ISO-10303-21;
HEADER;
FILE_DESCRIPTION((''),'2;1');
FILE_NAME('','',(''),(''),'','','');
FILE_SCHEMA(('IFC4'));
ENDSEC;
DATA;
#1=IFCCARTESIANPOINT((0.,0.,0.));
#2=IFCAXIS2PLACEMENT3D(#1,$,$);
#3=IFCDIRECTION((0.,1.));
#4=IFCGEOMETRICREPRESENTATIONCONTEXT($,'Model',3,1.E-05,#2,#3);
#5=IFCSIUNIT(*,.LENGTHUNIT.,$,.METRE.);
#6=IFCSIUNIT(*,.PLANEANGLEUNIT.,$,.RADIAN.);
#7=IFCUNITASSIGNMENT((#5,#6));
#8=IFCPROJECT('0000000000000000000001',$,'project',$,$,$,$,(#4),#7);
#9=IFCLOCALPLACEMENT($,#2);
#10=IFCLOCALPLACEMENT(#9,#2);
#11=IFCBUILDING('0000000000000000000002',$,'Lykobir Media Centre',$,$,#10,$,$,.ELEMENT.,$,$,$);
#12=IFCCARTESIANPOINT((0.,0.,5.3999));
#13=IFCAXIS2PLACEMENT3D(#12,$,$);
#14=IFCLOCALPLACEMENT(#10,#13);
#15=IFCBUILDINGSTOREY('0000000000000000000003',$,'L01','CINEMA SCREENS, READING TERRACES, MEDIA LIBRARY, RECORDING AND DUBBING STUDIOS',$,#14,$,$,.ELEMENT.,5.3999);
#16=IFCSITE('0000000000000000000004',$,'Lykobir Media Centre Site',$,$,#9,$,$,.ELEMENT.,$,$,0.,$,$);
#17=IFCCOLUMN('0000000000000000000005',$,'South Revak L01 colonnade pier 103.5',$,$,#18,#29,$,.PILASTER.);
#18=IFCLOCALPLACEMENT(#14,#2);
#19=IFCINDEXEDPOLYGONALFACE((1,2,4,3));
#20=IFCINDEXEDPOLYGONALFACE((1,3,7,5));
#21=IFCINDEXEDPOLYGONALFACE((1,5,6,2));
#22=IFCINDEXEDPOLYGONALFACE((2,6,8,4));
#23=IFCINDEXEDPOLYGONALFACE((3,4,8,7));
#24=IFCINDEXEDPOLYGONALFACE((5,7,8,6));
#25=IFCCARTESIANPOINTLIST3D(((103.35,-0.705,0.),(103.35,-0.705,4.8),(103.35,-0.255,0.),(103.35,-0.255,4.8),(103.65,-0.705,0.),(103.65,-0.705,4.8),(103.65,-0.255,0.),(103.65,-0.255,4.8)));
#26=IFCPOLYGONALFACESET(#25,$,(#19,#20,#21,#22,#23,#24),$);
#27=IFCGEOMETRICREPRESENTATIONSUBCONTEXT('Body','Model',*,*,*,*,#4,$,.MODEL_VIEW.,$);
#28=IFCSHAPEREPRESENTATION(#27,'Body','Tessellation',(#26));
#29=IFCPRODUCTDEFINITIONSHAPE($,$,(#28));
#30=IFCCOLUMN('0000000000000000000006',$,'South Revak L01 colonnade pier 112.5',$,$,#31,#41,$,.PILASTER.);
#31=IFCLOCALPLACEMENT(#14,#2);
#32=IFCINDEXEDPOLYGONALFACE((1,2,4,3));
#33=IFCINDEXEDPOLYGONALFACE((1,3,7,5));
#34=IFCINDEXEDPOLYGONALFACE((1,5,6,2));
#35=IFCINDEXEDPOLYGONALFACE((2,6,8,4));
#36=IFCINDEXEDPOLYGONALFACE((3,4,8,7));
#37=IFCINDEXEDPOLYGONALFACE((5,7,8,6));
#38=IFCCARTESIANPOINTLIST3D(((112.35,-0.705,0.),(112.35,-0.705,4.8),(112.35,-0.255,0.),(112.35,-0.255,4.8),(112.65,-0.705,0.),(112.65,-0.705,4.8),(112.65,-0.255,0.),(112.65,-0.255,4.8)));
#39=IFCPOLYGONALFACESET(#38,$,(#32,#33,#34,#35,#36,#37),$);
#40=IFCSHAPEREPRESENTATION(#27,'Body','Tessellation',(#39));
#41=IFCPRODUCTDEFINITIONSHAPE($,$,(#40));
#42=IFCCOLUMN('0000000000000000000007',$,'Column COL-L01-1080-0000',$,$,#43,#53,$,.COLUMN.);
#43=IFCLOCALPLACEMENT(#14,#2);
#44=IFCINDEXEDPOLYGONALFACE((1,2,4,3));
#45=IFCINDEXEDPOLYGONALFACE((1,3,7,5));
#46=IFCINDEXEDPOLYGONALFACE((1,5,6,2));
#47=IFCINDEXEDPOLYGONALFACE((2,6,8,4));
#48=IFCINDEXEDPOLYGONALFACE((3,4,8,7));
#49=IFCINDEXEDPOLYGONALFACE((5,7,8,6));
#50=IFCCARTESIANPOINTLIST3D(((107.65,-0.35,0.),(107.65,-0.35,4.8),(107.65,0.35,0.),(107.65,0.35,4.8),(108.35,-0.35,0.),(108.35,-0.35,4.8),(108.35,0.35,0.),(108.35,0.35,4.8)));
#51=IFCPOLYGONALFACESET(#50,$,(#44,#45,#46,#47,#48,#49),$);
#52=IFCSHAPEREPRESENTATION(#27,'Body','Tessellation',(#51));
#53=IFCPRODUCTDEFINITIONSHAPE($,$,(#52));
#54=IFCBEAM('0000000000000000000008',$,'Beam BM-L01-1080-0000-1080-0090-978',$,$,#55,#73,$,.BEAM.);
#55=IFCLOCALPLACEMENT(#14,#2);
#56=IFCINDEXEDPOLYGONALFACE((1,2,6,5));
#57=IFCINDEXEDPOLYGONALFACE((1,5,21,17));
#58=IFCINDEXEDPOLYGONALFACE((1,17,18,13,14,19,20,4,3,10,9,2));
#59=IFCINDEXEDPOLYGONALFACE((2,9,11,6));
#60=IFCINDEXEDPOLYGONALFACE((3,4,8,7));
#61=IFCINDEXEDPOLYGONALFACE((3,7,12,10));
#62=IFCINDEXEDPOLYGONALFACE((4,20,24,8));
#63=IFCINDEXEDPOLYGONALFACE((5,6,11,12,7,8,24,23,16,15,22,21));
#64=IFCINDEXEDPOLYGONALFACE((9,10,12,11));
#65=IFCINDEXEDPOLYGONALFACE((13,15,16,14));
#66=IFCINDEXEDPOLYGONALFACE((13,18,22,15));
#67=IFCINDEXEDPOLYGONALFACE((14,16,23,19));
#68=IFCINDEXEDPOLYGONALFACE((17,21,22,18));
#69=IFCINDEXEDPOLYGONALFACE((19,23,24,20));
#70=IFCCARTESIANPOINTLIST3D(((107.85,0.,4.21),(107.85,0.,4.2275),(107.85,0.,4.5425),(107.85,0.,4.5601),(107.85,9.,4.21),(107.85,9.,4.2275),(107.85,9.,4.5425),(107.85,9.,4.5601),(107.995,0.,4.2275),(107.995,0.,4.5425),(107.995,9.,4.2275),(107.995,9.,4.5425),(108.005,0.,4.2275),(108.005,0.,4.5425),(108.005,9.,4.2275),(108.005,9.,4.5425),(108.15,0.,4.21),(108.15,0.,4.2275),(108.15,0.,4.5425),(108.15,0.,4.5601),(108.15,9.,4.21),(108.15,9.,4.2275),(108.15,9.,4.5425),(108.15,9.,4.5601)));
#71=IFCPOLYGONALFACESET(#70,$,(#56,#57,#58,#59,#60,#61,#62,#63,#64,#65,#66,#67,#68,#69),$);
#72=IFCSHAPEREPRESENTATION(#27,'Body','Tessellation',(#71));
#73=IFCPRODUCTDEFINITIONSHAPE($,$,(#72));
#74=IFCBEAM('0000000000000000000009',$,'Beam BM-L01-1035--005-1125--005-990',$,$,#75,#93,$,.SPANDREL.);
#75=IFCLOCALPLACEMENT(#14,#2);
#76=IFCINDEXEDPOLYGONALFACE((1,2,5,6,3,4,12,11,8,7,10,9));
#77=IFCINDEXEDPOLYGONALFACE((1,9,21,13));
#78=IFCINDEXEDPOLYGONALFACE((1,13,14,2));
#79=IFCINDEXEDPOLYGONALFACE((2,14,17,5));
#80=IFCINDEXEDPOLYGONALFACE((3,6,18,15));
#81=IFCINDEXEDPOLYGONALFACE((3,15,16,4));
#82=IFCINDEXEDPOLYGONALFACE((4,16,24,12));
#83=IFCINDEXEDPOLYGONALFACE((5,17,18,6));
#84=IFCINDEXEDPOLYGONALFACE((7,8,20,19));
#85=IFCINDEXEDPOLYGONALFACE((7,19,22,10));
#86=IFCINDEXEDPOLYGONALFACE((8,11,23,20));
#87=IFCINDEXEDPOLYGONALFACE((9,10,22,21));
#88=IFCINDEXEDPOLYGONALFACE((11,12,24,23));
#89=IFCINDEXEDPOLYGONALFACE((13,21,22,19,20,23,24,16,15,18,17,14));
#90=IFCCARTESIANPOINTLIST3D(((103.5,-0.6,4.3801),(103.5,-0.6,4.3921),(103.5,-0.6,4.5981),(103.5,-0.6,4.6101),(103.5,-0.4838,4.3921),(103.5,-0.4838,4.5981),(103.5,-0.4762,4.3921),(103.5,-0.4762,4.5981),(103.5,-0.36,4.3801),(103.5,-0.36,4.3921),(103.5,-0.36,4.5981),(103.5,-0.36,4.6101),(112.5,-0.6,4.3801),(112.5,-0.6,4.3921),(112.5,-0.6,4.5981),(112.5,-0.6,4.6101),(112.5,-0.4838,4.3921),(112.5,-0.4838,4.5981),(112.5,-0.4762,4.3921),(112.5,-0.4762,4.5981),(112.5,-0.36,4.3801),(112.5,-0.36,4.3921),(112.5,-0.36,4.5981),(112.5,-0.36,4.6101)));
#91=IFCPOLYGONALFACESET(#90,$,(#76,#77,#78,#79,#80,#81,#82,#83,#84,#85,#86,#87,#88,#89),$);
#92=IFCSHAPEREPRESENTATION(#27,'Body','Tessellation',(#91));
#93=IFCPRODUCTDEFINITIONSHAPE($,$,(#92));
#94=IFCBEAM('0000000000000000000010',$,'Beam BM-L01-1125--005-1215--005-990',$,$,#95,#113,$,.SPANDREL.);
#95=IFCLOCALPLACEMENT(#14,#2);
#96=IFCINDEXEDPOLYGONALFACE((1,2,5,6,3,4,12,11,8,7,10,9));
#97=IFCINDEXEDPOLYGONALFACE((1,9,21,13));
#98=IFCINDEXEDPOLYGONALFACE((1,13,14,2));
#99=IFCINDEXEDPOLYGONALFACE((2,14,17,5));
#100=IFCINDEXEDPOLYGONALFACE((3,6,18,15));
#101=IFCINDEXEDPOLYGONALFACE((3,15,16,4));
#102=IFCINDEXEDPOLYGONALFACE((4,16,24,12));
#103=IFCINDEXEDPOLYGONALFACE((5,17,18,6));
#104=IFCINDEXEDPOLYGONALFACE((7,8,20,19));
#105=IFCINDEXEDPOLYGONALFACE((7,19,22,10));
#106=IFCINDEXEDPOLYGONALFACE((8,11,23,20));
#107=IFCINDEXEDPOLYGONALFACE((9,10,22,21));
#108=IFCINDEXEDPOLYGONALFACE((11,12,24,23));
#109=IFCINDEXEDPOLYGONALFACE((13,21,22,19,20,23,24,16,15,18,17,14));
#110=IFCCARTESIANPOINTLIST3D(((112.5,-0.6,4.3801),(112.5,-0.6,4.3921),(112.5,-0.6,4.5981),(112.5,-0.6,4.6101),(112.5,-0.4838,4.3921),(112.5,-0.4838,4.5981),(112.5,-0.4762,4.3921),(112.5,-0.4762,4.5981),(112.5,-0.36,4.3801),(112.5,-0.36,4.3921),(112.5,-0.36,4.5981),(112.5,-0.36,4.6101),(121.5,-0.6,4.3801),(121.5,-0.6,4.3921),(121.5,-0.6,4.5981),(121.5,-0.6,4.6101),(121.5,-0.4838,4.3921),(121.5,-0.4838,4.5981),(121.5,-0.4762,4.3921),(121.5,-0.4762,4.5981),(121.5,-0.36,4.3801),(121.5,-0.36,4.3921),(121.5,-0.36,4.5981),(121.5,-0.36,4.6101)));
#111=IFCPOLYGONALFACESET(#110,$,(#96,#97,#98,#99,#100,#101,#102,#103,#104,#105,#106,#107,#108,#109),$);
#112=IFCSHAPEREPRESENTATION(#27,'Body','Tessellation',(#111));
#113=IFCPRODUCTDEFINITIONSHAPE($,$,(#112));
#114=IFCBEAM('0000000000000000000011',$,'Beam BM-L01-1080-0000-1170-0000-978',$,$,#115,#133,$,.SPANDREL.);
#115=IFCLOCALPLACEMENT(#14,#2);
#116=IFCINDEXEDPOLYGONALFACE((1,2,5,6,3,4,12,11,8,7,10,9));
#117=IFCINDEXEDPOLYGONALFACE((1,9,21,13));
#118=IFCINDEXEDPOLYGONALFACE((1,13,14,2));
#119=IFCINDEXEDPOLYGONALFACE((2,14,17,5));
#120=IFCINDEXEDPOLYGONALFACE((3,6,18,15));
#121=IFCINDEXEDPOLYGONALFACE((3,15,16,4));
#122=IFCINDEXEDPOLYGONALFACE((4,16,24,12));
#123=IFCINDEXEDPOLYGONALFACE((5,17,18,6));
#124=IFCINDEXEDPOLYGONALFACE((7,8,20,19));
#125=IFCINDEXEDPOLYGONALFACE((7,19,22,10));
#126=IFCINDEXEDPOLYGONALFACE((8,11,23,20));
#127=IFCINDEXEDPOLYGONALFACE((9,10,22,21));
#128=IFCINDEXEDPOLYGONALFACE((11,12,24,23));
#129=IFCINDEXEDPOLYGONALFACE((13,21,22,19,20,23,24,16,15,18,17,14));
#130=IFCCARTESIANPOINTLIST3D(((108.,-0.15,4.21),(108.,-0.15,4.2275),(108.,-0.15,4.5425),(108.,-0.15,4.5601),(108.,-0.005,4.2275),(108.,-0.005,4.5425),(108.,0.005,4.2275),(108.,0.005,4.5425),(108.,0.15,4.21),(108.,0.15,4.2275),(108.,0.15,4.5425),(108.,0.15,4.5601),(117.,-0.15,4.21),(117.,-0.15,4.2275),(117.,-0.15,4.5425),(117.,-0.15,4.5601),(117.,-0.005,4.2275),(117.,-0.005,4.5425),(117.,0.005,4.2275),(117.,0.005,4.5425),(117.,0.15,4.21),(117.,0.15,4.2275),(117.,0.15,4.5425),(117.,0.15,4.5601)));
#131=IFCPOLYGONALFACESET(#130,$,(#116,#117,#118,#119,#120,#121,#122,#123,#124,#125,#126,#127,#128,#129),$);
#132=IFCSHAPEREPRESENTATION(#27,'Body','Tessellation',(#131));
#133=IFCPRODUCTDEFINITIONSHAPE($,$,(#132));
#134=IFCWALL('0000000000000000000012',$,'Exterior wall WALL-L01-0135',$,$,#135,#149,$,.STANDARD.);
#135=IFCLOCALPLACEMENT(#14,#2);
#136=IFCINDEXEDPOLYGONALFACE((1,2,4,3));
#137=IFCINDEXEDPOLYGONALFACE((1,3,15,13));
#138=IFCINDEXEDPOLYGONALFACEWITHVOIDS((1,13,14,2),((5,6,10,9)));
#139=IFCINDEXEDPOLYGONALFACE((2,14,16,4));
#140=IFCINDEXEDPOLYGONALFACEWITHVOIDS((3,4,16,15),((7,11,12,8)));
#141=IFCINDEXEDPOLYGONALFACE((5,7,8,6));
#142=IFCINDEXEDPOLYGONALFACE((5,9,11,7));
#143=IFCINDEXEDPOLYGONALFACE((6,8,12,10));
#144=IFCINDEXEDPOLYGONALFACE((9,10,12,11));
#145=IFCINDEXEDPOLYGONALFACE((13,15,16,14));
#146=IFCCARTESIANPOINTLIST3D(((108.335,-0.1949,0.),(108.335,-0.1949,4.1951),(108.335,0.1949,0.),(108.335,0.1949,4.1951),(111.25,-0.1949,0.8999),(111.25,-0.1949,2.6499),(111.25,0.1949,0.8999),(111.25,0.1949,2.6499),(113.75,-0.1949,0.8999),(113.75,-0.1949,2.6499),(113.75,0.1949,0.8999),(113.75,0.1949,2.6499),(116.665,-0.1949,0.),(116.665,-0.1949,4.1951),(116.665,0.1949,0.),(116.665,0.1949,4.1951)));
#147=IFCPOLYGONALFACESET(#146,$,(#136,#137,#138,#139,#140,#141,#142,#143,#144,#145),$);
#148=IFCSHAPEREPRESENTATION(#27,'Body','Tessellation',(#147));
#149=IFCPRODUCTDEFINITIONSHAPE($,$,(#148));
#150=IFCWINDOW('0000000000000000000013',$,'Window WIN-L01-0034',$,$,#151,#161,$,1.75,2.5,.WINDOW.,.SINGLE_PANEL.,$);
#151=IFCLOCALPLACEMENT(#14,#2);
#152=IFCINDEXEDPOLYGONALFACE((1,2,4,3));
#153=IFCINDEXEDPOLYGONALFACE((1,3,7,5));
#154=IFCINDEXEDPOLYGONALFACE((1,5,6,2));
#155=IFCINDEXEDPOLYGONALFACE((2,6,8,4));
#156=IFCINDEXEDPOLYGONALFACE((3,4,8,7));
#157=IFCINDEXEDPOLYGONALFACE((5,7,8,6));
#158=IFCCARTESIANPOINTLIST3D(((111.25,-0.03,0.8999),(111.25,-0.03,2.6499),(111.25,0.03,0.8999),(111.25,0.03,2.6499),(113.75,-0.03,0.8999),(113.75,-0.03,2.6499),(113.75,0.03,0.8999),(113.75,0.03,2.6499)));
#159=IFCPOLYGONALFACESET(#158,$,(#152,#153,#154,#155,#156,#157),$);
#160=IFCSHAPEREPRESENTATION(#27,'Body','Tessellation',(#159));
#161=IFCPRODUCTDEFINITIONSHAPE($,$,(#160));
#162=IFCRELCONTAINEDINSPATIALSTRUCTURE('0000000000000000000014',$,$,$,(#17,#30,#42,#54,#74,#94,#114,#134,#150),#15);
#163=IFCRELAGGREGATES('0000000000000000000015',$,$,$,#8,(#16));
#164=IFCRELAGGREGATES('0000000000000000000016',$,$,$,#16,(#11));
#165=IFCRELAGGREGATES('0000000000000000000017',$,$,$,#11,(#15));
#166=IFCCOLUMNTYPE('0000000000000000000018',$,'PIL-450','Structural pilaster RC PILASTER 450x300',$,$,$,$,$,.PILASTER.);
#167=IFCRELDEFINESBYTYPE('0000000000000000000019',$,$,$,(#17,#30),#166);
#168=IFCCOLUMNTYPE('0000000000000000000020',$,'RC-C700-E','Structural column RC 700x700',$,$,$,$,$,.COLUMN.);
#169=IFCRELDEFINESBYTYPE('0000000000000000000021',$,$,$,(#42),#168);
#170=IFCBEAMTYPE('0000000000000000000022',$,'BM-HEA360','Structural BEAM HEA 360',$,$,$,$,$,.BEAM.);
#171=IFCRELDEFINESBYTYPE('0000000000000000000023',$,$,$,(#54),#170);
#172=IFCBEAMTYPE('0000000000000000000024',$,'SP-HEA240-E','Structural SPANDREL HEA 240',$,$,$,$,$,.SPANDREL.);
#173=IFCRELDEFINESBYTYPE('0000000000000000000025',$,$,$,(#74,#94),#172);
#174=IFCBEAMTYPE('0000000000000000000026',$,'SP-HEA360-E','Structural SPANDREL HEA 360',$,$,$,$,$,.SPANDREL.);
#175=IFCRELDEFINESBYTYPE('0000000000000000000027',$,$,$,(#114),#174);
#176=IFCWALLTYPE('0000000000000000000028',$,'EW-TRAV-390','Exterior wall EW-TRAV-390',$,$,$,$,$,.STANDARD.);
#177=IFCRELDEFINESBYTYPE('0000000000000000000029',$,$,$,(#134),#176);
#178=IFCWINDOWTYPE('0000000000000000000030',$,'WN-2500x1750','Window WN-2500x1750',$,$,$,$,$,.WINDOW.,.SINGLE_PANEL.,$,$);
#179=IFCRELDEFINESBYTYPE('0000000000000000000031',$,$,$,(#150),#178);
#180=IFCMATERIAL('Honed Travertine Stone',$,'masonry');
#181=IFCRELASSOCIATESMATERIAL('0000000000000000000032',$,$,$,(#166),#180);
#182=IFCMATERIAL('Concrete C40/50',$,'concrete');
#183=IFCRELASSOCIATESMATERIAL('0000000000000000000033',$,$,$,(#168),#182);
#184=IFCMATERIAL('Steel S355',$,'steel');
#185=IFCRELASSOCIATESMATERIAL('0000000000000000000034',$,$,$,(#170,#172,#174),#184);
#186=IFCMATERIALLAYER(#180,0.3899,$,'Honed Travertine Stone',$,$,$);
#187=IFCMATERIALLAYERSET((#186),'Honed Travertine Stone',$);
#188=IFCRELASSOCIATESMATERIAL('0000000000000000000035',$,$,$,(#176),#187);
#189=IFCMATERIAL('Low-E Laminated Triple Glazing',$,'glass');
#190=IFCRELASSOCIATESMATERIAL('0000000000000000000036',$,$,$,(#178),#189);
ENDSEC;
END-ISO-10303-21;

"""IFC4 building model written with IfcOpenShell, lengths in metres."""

from ifc_helpers import new_model, si_unit, direction, frame, frame_2d, origin, origin_2d, place, context, subcontext, project, spatial, rectangle, i_section, extrude, material, layer, layer_set, material_profile, profile_set, type_object, element, fill, save


model = new_model("IFC4")

# Units and contexts
model_context = context("Model", 3, precision=1e-05, world=origin(), true_north=direction((0.0, 1.0)))
body_context = subcontext(model_context, "Body", "Model", "MODEL_VIEW")
ifc_project = project(units=[si_unit("LENGTHUNIT", "METRE"), si_unit("PLANEANGLEUNIT", "RADIAN")], contexts=[model_context])

# Site, building, storey
site_placement = place(None, origin())
site = spatial("IfcSite", under=ifc_project, at=site_placement, Name="Lykobir Media Centre Site", CompositionType="ELEMENT", RefElevation=0.0)
building_placement = place(site_placement, origin())
building = spatial("IfcBuilding", under=site, at=building_placement, Name="Lykobir Media Centre", CompositionType="ELEMENT")
storey_placement = place(building_placement, frame((0.0, 0.0, 5.3999)))
storey = spatial("IfcBuildingStorey", under=building, at=storey_placement, Name="L01", Description="CINEMA SCREENS, READING TERRACES, MEDIA LIBRARY, RECORDING AND DUBBING STUDIOS", CompositionType="ELEMENT", Elevation=5.3999)

# Columns
ifc_material_1 = material(Name="Honed Travertine Stone", Category="masonry")
ifc_material_profile_1 = material_profile(ifc_material_1, rectangle(XDim=0.3, YDim=0.45, at=origin_2d()), Name="RC PILASTER 450x300")
ifc_profile_set_1 = profile_set([ifc_material_profile_1], Name="Honed Travertine Stone")
column_type_1 = type_object("IfcColumnType", Name="PIL-450", Description="Structural pilaster RC PILASTER 450x300", PredefinedType="PILASTER", material=ifc_profile_set_1)
for number, where, z_axis, x_axis, name in (
    (1, (103.5, -0.48, 0.0), (0.0, 0.0, 1.0), (1.0, 0.0, 0.0), "South Revak L01 colonnade pier 103.5"),
    (2, (112.5, -0.48, 0.0), (0.0, 0.0, 1.0), (1.0, 0.0, 0.0), "South Revak L01 colonnade pier 112.5"),
):
    element("IfcColumn", number, at=place(storey_placement, frame(where, z_axis=z_axis, x_axis=x_axis)), inside=storey, type_object=column_type_1, Name=name, PredefinedType="PILASTER", context=body_context, shape_type="SweptSolid", body=[
        extrude(rectangle(XDim=0.3, YDim=0.45, at=origin_2d()), origin(), (0.0, 0.0, 1.0), 4.8),
    ])
ifc_material_2 = material(Name="Concrete C40/50", Category="concrete")
ifc_material_profile_2 = material_profile(ifc_material_2, rectangle(XDim=0.7, YDim=0.7, at=origin_2d()), Name="RC 700x700")
ifc_profile_set_2 = profile_set([ifc_material_profile_2], Name="Concrete C40/50")
column_type_2 = type_object("IfcColumnType", Name="RC-C700-E", Description="Structural column RC 700x700", PredefinedType="COLUMN", material=ifc_profile_set_2)
column_placement = place(storey_placement, frame((108.0, 0.0, 0.0), z_axis=(0.0, 0.0, 1.0), x_axis=(1.0, 0.0, 0.0)))
element("IfcColumn", 3, at=column_placement, inside=storey, type_object=column_type_2, Name="Column COL-L01-1080-0000", PredefinedType="COLUMN", context=body_context, shape_type="SweptSolid", body=[
    extrude(rectangle(XDim=0.7, YDim=0.7, at=origin_2d()), origin(), (0.0, 0.0, 1.0), 4.8),
])

# Beams
ifc_material_3 = material(Name="Steel S355", Category="steel")
ifc_material_profile_3 = material_profile(ifc_material_3, i_section(OverallWidth=0.3, OverallDepth=0.3501, WebThickness=0.01, FlangeThickness=0.0176, at=origin_2d()), Name="HEA 360")
ifc_profile_set_3 = profile_set([ifc_material_profile_3], Name="Steel S355")
beam_type_1 = type_object("IfcBeamType", Name="BM-HEA360", Description="Structural BEAM HEA 360", PredefinedType="BEAM", material=ifc_profile_set_3)
beam_1_placement = place(storey_placement, frame((108.0, 0.0, 4.385), z_axis=(0.0, 1.0, 0.0), x_axis=(-1.0, 0.0, 0.0)))
element("IfcBeam", 4, at=beam_1_placement, inside=storey, type_object=beam_type_1, Name="Beam BM-L01-1080-0000-1080-0090-978", PredefinedType="BEAM", context=body_context, shape_type="SweptSolid", body=[
    extrude(i_section(OverallWidth=0.3, OverallDepth=0.3501, WebThickness=0.01, FlangeThickness=0.0176, at=origin_2d()), origin(), (0.0, 0.0, 1.0), 9.0),
])
ifc_material_profile_4 = material_profile(ifc_material_3, i_section(OverallWidth=0.24, OverallDepth=0.23, WebThickness=0.0076, FlangeThickness=0.012, at=origin_2d()), Name="HEA 240")
ifc_profile_set_4 = profile_set([ifc_material_profile_4], Name="Steel S355")
beam_type_2 = type_object("IfcBeamType", Name="SP-HEA240-E", Description="Structural SPANDREL HEA 240", PredefinedType="SPANDREL", material=ifc_profile_set_4)
for number, where, z_axis, x_axis, name in (
    (5, (103.5, -0.48, 4.4951), (1.0, 0.0, 0.0), (0.0, 1.0, 0.0), "Beam BM-L01-1035--005-1125--005-990"),
    (6, (112.5, -0.48, 4.4951), (1.0, 0.0, 0.0), (0.0, 1.0, 0.0), "Beam BM-L01-1125--005-1215--005-990"),
):
    element("IfcBeam", number, at=place(storey_placement, frame(where, z_axis=z_axis, x_axis=x_axis)), inside=storey, type_object=beam_type_2, Name=name, PredefinedType="SPANDREL", context=body_context, shape_type="SweptSolid", body=[
        extrude(i_section(OverallWidth=0.24, OverallDepth=0.23, WebThickness=0.0076, FlangeThickness=0.012, at=origin_2d()), origin(), (0.0, 0.0, 1.0), 9.0),
    ])
ifc_material_profile_5 = material_profile(ifc_material_3, i_section(OverallWidth=0.3, OverallDepth=0.3501, WebThickness=0.01, FlangeThickness=0.0176, at=origin_2d()), Name="HEA 360")
ifc_profile_set_5 = profile_set([ifc_material_profile_5], Name="Steel S355")
beam_type_3 = type_object("IfcBeamType", Name="SP-HEA360-E", Description="Structural SPANDREL HEA 360", PredefinedType="SPANDREL", material=ifc_profile_set_5)
beam_2_placement = place(storey_placement, frame((108.0, 0.0, 4.385), z_axis=(1.0, 0.0, 0.0), x_axis=(0.0, 1.0, 0.0)))
element("IfcBeam", 7, at=beam_2_placement, inside=storey, type_object=beam_type_3, Name="Beam BM-L01-1080-0000-1170-0000-978", PredefinedType="SPANDREL", context=body_context, shape_type="SweptSolid", body=[
    extrude(i_section(OverallWidth=0.3, OverallDepth=0.3501, WebThickness=0.01, FlangeThickness=0.0176, at=origin_2d()), origin(), (0.0, 0.0, 1.0), 9.0),
])

# Wall, opening, window
ifc_layer_1 = layer(ifc_material_1, 0.3899, Name="Honed Travertine Stone")
ifc_layer_set_1 = layer_set([ifc_layer_1], Name="Honed Travertine Stone")
wall_type_1 = type_object("IfcWallType", Name="EW-TRAV-390", Description="Exterior wall EW-TRAV-390", PredefinedType="STANDARD", material=ifc_layer_set_1)
wall_1_placement = place(storey_placement, frame((108.335, 0.0, 0.0), z_axis=(0.0, 0.0, 1.0), x_axis=(1.0, 0.0, 0.0)))
wall_1 = element("IfcWall", 8, at=wall_1_placement, inside=storey, type_object=wall_type_1, Name="Exterior wall WALL-L01-0135", PredefinedType="STANDARD", context=body_context, shape_type="SweptSolid", body=[
    extrude(rectangle(XDim=8.3301, YDim=0.3899, at=frame_2d((4.165, 0.0))), origin(), (0.0, 0.0, 1.0), 4.1951),
])
opening_1_placement = place(wall_1_placement, frame((2.915, 0.0, 0.8999)))
opening_1 = element("IfcOpeningElement", 9, at=opening_1_placement, cuts=wall_1, PredefinedType="OPENING", context=body_context, shape_type="SweptSolid", body=[
    extrude(rectangle(XDim=2.5, YDim=1.75, at=frame_2d((1.25, 0.875))), frame((0.0, 0.2048, 0.0), z_axis=(0.0, -1.0, 0.0), x_axis=(1.0, 0.0, 0.0)), (0.0, 0.0, 1.0), 0.4099),
])
ifc_material_4 = material(Name="Low-E Laminated Triple Glazing", Category="glass")
window_type = type_object("IfcWindowType", Name="WN-2500x1750", Description="Window WN-2500x1750", PartitioningType="SINGLE_PANEL", PredefinedType="WINDOW", material=ifc_material_4)
window_placement = place(opening_1_placement, origin())
window = element("IfcWindow", 10, at=window_placement, inside=storey, type_object=window_type, Name="Window WIN-L01-0034", OverallHeight=1.75, OverallWidth=2.5, PartitioningType="SINGLE_PANEL", PredefinedType="WINDOW", context=body_context, shape_type="SweptSolid", body=[
    extrude(rectangle(XDim=2.5, YDim=1.75, at=frame_2d((1.25, 0.875))), frame((0.0, 0.03, 0.0), z_axis=(0.0, -1.0, 0.0), x_axis=(1.0, 0.0, 0.0)), (0.0, 0.0, 1.0), 0.0601),
])
fill(opening_1, window)

save(model, "model.ifc")
